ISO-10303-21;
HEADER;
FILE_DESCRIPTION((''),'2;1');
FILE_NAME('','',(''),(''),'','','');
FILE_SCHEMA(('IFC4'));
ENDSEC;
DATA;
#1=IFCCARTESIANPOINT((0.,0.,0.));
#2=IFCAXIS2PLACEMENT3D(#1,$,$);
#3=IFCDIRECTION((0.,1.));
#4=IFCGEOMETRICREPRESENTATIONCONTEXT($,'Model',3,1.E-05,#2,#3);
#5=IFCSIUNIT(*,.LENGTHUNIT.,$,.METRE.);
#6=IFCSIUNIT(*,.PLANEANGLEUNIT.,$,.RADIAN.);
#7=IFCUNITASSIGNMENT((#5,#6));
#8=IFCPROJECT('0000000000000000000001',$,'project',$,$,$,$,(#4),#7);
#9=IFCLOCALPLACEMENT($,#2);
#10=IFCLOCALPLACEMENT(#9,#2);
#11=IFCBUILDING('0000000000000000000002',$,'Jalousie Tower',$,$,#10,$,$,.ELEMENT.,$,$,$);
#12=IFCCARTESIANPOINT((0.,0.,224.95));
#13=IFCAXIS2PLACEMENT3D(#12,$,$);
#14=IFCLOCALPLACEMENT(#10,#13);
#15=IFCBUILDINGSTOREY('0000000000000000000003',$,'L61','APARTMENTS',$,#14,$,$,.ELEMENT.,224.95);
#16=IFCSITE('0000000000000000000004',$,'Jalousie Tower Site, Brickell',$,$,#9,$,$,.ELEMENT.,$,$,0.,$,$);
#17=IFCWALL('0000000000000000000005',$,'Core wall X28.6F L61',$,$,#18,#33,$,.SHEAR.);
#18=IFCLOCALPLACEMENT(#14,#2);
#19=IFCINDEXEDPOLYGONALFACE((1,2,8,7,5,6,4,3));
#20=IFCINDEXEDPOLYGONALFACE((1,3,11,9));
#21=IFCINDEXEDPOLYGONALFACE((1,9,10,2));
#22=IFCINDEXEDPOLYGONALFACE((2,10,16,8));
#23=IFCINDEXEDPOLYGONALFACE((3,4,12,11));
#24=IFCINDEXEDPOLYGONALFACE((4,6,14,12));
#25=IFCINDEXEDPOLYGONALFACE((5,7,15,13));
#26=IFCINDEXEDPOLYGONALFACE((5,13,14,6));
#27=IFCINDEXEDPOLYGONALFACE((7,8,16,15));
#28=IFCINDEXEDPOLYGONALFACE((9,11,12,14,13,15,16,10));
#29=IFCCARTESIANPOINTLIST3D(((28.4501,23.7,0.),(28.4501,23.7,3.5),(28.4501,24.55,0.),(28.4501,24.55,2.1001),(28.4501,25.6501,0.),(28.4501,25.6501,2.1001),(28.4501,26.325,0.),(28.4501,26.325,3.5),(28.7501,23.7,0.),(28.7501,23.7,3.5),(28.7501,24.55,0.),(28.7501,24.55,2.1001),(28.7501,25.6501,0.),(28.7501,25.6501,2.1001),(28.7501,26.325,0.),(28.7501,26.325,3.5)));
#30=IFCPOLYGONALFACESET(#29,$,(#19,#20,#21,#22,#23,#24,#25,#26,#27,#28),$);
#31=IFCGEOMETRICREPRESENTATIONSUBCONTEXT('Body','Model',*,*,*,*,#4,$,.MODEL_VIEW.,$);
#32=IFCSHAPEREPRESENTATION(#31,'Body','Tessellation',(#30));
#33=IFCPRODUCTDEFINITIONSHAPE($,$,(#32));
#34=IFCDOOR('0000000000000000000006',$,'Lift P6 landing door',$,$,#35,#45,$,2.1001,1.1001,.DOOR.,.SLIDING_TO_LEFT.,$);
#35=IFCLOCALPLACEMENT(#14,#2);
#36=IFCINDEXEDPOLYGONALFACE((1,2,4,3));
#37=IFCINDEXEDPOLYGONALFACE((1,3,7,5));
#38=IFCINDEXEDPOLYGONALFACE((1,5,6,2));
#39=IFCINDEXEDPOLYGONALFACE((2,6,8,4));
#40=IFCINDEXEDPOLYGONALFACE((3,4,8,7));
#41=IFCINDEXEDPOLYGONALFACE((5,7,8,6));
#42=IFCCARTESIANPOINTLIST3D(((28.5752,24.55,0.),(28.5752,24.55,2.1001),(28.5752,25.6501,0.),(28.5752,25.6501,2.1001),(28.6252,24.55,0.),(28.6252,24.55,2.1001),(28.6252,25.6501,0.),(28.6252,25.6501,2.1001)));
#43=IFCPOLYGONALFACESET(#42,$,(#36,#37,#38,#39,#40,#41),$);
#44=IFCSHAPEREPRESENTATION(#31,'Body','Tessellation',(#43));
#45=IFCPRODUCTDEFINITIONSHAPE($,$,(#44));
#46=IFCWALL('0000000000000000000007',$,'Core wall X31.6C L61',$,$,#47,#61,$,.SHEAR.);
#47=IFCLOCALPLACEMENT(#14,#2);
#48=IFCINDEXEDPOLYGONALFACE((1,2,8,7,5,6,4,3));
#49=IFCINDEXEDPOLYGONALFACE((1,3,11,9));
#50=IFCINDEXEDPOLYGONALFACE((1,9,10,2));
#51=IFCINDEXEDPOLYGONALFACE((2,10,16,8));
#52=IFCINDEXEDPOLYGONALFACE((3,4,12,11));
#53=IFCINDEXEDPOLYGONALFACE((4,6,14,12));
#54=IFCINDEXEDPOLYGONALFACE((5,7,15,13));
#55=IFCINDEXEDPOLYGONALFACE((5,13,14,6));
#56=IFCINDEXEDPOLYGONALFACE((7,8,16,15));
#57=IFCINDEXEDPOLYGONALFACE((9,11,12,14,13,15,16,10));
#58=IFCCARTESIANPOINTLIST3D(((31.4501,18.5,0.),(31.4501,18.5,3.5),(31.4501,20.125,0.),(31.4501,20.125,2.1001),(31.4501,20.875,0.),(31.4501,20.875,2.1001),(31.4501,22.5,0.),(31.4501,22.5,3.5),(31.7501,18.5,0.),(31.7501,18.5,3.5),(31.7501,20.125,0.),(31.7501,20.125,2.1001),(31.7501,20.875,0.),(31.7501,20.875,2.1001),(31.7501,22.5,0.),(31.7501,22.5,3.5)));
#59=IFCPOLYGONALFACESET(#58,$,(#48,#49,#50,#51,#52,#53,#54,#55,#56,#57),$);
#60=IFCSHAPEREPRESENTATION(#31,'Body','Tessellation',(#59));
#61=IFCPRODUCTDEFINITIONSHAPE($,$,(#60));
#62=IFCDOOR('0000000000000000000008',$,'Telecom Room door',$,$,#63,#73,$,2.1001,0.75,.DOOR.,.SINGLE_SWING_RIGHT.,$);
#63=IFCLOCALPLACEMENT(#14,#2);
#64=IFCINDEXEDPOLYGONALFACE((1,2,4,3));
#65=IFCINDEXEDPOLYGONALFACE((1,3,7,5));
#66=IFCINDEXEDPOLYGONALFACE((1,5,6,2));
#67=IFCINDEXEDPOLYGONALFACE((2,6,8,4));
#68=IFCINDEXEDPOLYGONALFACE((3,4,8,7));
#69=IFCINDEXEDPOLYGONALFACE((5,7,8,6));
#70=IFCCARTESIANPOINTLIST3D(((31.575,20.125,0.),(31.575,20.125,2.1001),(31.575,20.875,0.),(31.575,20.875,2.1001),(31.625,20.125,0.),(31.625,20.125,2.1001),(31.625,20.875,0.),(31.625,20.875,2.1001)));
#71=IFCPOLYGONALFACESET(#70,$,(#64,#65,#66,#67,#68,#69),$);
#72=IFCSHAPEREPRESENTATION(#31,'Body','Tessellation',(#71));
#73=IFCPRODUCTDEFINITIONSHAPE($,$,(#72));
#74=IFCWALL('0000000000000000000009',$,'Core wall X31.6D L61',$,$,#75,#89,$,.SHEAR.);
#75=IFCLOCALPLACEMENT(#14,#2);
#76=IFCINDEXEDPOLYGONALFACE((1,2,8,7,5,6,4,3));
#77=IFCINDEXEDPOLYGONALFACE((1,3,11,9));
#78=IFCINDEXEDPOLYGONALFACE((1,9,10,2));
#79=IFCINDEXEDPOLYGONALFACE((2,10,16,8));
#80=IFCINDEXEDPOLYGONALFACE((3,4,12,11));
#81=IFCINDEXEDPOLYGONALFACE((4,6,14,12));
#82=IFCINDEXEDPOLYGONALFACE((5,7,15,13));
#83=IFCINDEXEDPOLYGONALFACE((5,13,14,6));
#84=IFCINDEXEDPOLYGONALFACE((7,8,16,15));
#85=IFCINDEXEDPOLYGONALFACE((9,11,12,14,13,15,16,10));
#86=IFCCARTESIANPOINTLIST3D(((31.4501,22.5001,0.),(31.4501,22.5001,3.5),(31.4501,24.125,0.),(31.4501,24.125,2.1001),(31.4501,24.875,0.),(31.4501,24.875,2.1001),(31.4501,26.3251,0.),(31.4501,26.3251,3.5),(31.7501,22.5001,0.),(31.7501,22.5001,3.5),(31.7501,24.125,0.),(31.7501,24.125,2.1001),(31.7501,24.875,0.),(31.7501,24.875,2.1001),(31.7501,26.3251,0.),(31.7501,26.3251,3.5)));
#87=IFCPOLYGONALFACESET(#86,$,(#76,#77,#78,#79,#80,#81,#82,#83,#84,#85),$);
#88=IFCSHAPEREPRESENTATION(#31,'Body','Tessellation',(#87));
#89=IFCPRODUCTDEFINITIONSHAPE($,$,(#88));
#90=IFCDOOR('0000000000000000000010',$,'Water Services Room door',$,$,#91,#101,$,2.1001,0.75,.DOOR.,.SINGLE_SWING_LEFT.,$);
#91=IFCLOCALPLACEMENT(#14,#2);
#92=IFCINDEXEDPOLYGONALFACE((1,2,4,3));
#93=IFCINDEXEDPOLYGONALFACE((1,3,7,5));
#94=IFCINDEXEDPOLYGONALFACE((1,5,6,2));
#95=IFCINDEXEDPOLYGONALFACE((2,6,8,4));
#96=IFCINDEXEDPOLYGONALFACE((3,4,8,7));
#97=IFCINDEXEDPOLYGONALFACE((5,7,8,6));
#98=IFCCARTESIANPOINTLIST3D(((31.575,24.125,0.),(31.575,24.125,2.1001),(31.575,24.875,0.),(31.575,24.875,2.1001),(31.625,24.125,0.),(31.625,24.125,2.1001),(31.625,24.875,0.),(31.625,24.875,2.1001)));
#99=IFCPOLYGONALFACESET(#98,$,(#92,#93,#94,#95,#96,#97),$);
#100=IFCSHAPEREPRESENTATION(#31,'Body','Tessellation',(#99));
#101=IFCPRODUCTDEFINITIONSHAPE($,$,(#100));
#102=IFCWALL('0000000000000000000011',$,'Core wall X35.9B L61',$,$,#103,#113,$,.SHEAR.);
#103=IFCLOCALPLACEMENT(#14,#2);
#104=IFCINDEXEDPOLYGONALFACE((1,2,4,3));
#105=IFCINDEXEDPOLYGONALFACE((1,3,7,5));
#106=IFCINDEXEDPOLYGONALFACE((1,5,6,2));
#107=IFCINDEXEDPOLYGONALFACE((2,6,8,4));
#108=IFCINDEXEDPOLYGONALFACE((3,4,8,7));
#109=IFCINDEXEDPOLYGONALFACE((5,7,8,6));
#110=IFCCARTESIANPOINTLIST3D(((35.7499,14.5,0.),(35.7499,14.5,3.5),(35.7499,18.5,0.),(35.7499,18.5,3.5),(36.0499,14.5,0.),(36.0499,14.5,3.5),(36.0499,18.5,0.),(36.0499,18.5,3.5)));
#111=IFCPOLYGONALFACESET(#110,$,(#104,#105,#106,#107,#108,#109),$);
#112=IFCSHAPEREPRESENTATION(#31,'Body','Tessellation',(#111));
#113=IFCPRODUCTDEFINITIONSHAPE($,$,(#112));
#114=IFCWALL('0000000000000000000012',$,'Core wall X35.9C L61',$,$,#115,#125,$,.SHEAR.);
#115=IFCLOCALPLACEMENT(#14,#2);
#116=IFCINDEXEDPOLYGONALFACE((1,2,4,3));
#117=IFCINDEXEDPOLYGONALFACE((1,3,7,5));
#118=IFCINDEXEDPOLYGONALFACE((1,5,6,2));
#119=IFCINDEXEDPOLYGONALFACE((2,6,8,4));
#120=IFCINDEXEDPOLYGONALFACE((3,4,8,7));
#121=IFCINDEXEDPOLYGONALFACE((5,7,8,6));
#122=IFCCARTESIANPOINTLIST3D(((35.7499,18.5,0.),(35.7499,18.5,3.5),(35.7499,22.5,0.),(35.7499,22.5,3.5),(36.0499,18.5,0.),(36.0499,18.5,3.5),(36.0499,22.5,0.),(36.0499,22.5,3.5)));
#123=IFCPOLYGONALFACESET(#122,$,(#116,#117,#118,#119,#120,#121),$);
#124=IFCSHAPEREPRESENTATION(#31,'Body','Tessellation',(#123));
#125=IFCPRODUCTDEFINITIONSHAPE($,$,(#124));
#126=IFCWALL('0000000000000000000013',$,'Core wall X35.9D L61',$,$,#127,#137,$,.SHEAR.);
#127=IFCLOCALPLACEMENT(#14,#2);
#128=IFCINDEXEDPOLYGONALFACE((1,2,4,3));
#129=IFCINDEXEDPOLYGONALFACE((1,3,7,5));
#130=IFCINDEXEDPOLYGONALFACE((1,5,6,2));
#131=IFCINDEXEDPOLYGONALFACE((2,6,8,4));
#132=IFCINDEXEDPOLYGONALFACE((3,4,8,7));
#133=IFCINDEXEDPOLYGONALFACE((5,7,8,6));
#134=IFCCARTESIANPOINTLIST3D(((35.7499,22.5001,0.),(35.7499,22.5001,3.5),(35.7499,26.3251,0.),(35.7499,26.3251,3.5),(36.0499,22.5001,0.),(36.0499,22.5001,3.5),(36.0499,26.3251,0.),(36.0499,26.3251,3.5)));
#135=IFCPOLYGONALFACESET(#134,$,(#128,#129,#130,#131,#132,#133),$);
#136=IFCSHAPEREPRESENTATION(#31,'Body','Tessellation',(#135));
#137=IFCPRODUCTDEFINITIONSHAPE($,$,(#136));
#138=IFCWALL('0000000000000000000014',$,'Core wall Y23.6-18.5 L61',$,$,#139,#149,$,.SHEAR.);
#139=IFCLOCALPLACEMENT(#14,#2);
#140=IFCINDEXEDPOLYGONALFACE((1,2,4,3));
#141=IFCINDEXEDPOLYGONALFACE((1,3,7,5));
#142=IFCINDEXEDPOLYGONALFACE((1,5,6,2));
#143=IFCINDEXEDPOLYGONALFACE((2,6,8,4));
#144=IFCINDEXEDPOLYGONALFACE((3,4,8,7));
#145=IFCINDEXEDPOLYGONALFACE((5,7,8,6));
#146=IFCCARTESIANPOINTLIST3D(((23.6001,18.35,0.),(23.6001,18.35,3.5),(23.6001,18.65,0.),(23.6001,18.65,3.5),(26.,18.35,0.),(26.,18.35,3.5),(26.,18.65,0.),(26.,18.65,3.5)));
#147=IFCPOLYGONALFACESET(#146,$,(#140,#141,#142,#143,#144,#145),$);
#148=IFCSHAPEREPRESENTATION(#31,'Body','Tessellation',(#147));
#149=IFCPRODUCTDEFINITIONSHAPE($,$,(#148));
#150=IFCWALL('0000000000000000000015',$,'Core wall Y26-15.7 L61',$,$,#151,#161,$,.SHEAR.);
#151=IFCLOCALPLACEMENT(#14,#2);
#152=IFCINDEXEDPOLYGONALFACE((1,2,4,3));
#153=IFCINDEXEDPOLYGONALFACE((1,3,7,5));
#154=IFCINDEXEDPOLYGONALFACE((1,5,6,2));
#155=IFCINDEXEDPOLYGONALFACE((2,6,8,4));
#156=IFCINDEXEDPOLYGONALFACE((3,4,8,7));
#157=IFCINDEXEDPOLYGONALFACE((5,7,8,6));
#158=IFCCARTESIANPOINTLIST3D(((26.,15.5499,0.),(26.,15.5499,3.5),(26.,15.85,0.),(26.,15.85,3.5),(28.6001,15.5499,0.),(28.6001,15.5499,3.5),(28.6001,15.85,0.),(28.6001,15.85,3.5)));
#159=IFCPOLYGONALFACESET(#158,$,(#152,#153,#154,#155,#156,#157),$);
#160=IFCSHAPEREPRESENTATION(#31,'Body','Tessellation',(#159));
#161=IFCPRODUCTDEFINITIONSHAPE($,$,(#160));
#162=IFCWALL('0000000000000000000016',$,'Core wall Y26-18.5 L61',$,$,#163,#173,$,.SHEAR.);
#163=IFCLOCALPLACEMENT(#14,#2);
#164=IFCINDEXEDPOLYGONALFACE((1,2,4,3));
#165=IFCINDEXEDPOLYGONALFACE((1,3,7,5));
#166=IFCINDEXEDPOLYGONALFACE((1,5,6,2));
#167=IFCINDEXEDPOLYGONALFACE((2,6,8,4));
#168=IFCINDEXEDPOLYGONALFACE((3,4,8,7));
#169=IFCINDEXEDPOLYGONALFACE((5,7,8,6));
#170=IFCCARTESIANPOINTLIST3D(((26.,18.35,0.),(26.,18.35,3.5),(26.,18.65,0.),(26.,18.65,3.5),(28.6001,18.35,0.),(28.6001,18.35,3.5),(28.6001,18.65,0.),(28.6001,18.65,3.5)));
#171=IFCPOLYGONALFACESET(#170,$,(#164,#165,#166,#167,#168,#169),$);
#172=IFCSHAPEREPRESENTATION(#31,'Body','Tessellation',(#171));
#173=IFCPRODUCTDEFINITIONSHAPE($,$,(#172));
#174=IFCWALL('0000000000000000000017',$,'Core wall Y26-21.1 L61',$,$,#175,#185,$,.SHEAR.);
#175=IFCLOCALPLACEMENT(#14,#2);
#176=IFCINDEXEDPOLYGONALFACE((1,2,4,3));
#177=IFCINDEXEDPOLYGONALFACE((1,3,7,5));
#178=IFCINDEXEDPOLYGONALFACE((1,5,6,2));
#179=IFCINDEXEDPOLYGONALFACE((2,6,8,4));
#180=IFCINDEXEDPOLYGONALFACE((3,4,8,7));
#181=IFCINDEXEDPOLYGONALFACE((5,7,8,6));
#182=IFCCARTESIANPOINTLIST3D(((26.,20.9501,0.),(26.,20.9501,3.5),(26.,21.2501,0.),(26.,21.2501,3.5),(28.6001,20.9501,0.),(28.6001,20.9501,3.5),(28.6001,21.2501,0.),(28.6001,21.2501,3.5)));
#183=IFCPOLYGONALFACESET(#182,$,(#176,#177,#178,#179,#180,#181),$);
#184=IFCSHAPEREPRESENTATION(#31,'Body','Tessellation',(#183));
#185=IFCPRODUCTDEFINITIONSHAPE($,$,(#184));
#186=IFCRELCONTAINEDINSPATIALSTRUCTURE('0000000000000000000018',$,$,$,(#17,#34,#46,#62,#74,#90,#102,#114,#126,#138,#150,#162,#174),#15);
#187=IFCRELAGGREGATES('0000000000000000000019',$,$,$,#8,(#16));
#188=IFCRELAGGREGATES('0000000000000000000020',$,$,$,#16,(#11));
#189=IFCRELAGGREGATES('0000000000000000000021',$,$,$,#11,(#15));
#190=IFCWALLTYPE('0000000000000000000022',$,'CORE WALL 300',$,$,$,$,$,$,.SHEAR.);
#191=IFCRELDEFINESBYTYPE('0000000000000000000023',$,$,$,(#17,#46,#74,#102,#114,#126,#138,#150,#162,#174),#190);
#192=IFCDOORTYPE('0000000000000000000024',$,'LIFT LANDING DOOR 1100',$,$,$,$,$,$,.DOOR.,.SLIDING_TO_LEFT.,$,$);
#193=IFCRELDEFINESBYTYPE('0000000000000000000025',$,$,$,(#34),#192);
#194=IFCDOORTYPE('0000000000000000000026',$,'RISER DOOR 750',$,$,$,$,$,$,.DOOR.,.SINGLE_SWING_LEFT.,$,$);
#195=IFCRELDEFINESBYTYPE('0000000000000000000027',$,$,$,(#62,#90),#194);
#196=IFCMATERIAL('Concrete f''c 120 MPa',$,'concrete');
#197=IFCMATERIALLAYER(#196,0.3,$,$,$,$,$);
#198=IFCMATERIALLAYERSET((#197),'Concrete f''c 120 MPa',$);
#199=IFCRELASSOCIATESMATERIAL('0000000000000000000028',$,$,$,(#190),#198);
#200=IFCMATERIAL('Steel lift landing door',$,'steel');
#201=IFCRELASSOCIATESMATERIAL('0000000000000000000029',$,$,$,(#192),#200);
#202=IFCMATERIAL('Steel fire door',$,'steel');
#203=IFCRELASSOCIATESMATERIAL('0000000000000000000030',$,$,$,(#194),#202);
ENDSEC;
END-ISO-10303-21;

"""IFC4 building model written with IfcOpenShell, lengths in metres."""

from ifc_helpers import new_model, si_unit, direction, frame, frame_2d, origin, place, context, subcontext, project, spatial, rectangle, extrude, material, layer, layer_set, type_object, element, fill, save


model = new_model("IFC4")

# Units and contexts
model_context = context("Model", 3, precision=1e-05, world=origin(), true_north=direction((0.0, 1.0)))
body_context = subcontext(model_context, "Body", "Model", "MODEL_VIEW")
ifc_project = project(units=[si_unit("LENGTHUNIT", "METRE"), si_unit("PLANEANGLEUNIT", "RADIAN")], contexts=[model_context])

# Site, building, storey
site_placement = place(None, origin())
site = spatial("IfcSite", under=ifc_project, at=site_placement, Name="Jalousie Tower Site, Brickell", CompositionType="ELEMENT", RefElevation=0.0)
building_placement = place(site_placement, origin())
building = spatial("IfcBuilding", under=site, at=building_placement, Name="Jalousie Tower", CompositionType="ELEMENT")
storey_placement = place(building_placement, frame((0.0, 0.0, 224.95)))
storey = spatial("IfcBuildingStorey", under=building, at=storey_placement, Name="L61", Description="APARTMENTS", CompositionType="ELEMENT", Elevation=224.95)

# Shared definitions
ifc_material_1 = material(Name="Concrete f'c 120 MPa", Category="concrete")
ifc_layer = layer(ifc_material_1, 0.3)
ifc_layer_set = layer_set([ifc_layer], Name="Concrete f'c 120 MPa")
wall_type = type_object("IfcWallType", Name="CORE WALL 300", PredefinedType="SHEAR", material=ifc_layer_set)

# Walls, openings, doors
ifc_material_2 = material(Name="Steel lift landing door", Category="steel")
door_type_1 = type_object("IfcDoorType", Name="LIFT LANDING DOOR 1100", OperationType="SLIDING_TO_LEFT", PredefinedType="DOOR", material=ifc_material_2)
wall_1_placement = place(storey_placement, frame((28.6001, 23.7, 0.0), z_axis=(0.0, 0.0, 1.0), x_axis=(0.0, 1.0, 0.0)))
wall_1 = element("IfcWall", 1, at=wall_1_placement, inside=storey, type_object=wall_type, Name="Core wall X28.6F L61", PredefinedType="SHEAR", context=body_context, shape_type="SweptSolid", body=[
    extrude(rectangle(XDim=2.625, YDim=0.3, at=frame_2d((1.3125, 0.0))), origin(), (0.0, 0.0, 1.0), 3.5),
])
opening_1_placement = place(wall_1_placement, frame((0.8501, 0.0, 0.0)))
opening_1 = element("IfcOpeningElement", 2, at=opening_1_placement, cuts=wall_1, PredefinedType="OPENING", context=body_context, shape_type="SweptSolid", body=[
    extrude(rectangle(XDim=1.1001, YDim=2.1001, at=frame_2d((0.55, 1.05))), frame((0.0, 0.1599, 0.0), z_axis=(0.0, -1.0, 0.0), x_axis=(1.0, 0.0, 0.0)), (0.0, 0.0, 1.0), 0.3201),
])
door_1_placement = place(opening_1_placement, origin())
door_1 = element("IfcDoor", 3, at=door_1_placement, inside=storey, type_object=door_type_1, Name="Lift P6 landing door", OperationType="SLIDING_TO_LEFT", OverallHeight=2.1001, OverallWidth=1.1001, PredefinedType="DOOR", context=body_context, shape_type="SweptSolid", body=[
    extrude(rectangle(XDim=1.1001, YDim=2.1001, at=frame_2d((0.55, 1.05))), frame((0.0, 0.0249, 0.0), z_axis=(0.0, -1.0, 0.0), x_axis=(1.0, 0.0, 0.0)), (0.0, 0.0, 1.0), 0.05),
])
fill(opening_1, door_1)
wall_2_placement = place(storey_placement, frame((31.6001, 18.5, 0.0), z_axis=(0.0, 0.0, 1.0), x_axis=(0.0, 1.0, 0.0)))
wall_2 = element("IfcWall", 4, at=wall_2_placement, inside=storey, type_object=wall_type, Name="Core wall X31.6C L61", PredefinedType="SHEAR", context=body_context, shape_type="SweptSolid", body=[
    extrude(rectangle(XDim=4.0, YDim=0.3, at=frame_2d((2.0, 0.0))), origin(), (0.0, 0.0, 1.0), 3.5),
])
opening_2_placement = place(wall_2_placement, frame((1.625, 0.0, 0.0)))
opening_2 = element("IfcOpeningElement", 5, at=opening_2_placement, cuts=wall_2, PredefinedType="OPENING", context=body_context, shape_type="SweptSolid", body=[
    extrude(rectangle(XDim=0.75, YDim=2.1001, at=frame_2d((0.375, 1.05))), frame((0.0, 0.1599, 0.0), z_axis=(0.0, -1.0, 0.0), x_axis=(1.0, 0.0, 0.0)), (0.0, 0.0, 1.0), 0.3201),
])
ifc_material_3 = material(Name="Steel fire door", Category="steel")
door_type_2 = type_object("IfcDoorType", Name="RISER DOOR 750", OperationType="SINGLE_SWING_LEFT", PredefinedType="DOOR", material=ifc_material_3)
door_2_placement = place(opening_2_placement, frame((0.75, 0.0, 0.0), z_axis=(0.0, 0.0, 1.0), x_axis=(-1.0, 0.0, 0.0)))
door_2 = element("IfcDoor", 6, at=door_2_placement, inside=storey, type_object=door_type_2, Name="Telecom Room door", OperationType="SINGLE_SWING_RIGHT", OverallHeight=2.1001, OverallWidth=0.75, PredefinedType="DOOR", context=body_context, shape_type="SweptSolid", body=[
    extrude(rectangle(XDim=0.75, YDim=2.1001, at=frame_2d((0.375, 1.05))), frame((0.0, 0.0249, 0.0), z_axis=(0.0, -1.0, 0.0), x_axis=(1.0, 0.0, 0.0)), (0.0, 0.0, 1.0), 0.05),
])
fill(opening_2, door_2)
wall_3_placement = place(storey_placement, frame((31.6001, 22.5, 0.0), z_axis=(0.0, 0.0, 1.0), x_axis=(0.0, 1.0, 0.0)))
wall_3 = element("IfcWall", 7, at=wall_3_placement, inside=storey, type_object=wall_type, Name="Core wall X31.6D L61", PredefinedType="SHEAR", context=body_context, shape_type="SweptSolid", body=[
    extrude(rectangle(XDim=3.825, YDim=0.3, at=frame_2d((1.9126, 0.0))), origin(), (0.0, 0.0, 1.0), 3.5),
])
opening_3_placement = place(wall_3_placement, frame((1.625, 0.0, 0.0)))
opening_3 = element("IfcOpeningElement", 8, at=opening_3_placement, cuts=wall_3, PredefinedType="OPENING", context=body_context, shape_type="SweptSolid", body=[
    extrude(rectangle(XDim=0.75, YDim=2.1001, at=frame_2d((0.375, 1.05))), frame((0.0, 0.1599, 0.0), z_axis=(0.0, -1.0, 0.0), x_axis=(1.0, 0.0, 0.0)), (0.0, 0.0, 1.0), 0.3201),
])
door_3_placement = place(opening_3_placement, frame((0.75, 0.0, 0.0), z_axis=(0.0, 0.0, 1.0), x_axis=(-1.0, 0.0, 0.0)))
door_3 = element("IfcDoor", 9, at=door_3_placement, inside=storey, type_object=door_type_2, Name="Water Services Room door", OperationType="SINGLE_SWING_LEFT", OverallHeight=2.1001, OverallWidth=0.75, PredefinedType="DOOR", context=body_context, shape_type="SweptSolid", body=[
    extrude(rectangle(XDim=0.75, YDim=2.1001, at=frame_2d((0.375, 1.05))), frame((0.0, 0.0249, 0.0), z_axis=(0.0, -1.0, 0.0), x_axis=(1.0, 0.0, 0.0)), (0.0, 0.0, 1.0), 0.05),
])
fill(opening_3, door_3)

# Walls
for number, where, z_axis, x_axis, name in (
    (10, (35.8999, 14.5, 0.0), (0.0, 0.0, 1.0), (0.0, 1.0, 0.0), "Core wall X35.9B L61"),
    (11, (35.8999, 18.5, 0.0), (0.0, 0.0, 1.0), (0.0, 1.0, 0.0), "Core wall X35.9C L61"),
):
    element("IfcWall", number, at=place(storey_placement, frame(where, z_axis=z_axis, x_axis=x_axis)), inside=storey, type_object=wall_type, Name=name, PredefinedType="SHEAR", context=body_context, shape_type="SweptSolid", body=[
        extrude(rectangle(XDim=4.0, YDim=0.3, at=frame_2d((2.0, 0.0))), origin(), (0.0, 0.0, 1.0), 3.5),
    ])
wall_4_placement = place(storey_placement, frame((35.8999, 22.5, 0.0), z_axis=(0.0, 0.0, 1.0), x_axis=(0.0, 1.0, 0.0)))
element("IfcWall", 12, at=wall_4_placement, inside=storey, type_object=wall_type, Name="Core wall X35.9D L61", PredefinedType="SHEAR", context=body_context, shape_type="SweptSolid", body=[
    extrude(rectangle(XDim=3.825, YDim=0.3, at=frame_2d((1.9126, 0.0))), origin(), (0.0, 0.0, 1.0), 3.5),
])
wall_5_placement = place(storey_placement, frame((23.6001, 18.5, 0.0), z_axis=(0.0, 0.0, 1.0), x_axis=(1.0, 0.0, 0.0)))
element("IfcWall", 13, at=wall_5_placement, inside=storey, type_object=wall_type, Name="Core wall Y23.6-18.5 L61", PredefinedType="SHEAR", context=body_context, shape_type="SweptSolid", body=[
    extrude(rectangle(XDim=2.3999, YDim=0.3, at=frame_2d((1.2, 0.0))), origin(), (0.0, 0.0, 1.0), 3.5),
])
for number, where, z_axis, x_axis, name in (
    (14, (26.0, 15.7, 0.0), (0.0, 0.0, 1.0), (1.0, 0.0, 0.0), "Core wall Y26-15.7 L61"),
    (15, (26.0, 18.5, 0.0), (0.0, 0.0, 1.0), (1.0, 0.0, 0.0), "Core wall Y26-18.5 L61"),
    (16, (26.0, 21.1001, 0.0), (0.0, 0.0, 1.0), (1.0, 0.0, 0.0), "Core wall Y26-21.1 L61"),
):
    element("IfcWall", number, at=place(storey_placement, frame(where, z_axis=z_axis, x_axis=x_axis)), inside=storey, type_object=wall_type, Name=name, PredefinedType="SHEAR", context=body_context, shape_type="SweptSolid", body=[
        extrude(rectangle(XDim=2.6001, YDim=0.3, at=frame_2d((1.3, 0.0))), origin(), (0.0, 0.0, 1.0), 3.5),
    ])

save(model, "model.ifc")
